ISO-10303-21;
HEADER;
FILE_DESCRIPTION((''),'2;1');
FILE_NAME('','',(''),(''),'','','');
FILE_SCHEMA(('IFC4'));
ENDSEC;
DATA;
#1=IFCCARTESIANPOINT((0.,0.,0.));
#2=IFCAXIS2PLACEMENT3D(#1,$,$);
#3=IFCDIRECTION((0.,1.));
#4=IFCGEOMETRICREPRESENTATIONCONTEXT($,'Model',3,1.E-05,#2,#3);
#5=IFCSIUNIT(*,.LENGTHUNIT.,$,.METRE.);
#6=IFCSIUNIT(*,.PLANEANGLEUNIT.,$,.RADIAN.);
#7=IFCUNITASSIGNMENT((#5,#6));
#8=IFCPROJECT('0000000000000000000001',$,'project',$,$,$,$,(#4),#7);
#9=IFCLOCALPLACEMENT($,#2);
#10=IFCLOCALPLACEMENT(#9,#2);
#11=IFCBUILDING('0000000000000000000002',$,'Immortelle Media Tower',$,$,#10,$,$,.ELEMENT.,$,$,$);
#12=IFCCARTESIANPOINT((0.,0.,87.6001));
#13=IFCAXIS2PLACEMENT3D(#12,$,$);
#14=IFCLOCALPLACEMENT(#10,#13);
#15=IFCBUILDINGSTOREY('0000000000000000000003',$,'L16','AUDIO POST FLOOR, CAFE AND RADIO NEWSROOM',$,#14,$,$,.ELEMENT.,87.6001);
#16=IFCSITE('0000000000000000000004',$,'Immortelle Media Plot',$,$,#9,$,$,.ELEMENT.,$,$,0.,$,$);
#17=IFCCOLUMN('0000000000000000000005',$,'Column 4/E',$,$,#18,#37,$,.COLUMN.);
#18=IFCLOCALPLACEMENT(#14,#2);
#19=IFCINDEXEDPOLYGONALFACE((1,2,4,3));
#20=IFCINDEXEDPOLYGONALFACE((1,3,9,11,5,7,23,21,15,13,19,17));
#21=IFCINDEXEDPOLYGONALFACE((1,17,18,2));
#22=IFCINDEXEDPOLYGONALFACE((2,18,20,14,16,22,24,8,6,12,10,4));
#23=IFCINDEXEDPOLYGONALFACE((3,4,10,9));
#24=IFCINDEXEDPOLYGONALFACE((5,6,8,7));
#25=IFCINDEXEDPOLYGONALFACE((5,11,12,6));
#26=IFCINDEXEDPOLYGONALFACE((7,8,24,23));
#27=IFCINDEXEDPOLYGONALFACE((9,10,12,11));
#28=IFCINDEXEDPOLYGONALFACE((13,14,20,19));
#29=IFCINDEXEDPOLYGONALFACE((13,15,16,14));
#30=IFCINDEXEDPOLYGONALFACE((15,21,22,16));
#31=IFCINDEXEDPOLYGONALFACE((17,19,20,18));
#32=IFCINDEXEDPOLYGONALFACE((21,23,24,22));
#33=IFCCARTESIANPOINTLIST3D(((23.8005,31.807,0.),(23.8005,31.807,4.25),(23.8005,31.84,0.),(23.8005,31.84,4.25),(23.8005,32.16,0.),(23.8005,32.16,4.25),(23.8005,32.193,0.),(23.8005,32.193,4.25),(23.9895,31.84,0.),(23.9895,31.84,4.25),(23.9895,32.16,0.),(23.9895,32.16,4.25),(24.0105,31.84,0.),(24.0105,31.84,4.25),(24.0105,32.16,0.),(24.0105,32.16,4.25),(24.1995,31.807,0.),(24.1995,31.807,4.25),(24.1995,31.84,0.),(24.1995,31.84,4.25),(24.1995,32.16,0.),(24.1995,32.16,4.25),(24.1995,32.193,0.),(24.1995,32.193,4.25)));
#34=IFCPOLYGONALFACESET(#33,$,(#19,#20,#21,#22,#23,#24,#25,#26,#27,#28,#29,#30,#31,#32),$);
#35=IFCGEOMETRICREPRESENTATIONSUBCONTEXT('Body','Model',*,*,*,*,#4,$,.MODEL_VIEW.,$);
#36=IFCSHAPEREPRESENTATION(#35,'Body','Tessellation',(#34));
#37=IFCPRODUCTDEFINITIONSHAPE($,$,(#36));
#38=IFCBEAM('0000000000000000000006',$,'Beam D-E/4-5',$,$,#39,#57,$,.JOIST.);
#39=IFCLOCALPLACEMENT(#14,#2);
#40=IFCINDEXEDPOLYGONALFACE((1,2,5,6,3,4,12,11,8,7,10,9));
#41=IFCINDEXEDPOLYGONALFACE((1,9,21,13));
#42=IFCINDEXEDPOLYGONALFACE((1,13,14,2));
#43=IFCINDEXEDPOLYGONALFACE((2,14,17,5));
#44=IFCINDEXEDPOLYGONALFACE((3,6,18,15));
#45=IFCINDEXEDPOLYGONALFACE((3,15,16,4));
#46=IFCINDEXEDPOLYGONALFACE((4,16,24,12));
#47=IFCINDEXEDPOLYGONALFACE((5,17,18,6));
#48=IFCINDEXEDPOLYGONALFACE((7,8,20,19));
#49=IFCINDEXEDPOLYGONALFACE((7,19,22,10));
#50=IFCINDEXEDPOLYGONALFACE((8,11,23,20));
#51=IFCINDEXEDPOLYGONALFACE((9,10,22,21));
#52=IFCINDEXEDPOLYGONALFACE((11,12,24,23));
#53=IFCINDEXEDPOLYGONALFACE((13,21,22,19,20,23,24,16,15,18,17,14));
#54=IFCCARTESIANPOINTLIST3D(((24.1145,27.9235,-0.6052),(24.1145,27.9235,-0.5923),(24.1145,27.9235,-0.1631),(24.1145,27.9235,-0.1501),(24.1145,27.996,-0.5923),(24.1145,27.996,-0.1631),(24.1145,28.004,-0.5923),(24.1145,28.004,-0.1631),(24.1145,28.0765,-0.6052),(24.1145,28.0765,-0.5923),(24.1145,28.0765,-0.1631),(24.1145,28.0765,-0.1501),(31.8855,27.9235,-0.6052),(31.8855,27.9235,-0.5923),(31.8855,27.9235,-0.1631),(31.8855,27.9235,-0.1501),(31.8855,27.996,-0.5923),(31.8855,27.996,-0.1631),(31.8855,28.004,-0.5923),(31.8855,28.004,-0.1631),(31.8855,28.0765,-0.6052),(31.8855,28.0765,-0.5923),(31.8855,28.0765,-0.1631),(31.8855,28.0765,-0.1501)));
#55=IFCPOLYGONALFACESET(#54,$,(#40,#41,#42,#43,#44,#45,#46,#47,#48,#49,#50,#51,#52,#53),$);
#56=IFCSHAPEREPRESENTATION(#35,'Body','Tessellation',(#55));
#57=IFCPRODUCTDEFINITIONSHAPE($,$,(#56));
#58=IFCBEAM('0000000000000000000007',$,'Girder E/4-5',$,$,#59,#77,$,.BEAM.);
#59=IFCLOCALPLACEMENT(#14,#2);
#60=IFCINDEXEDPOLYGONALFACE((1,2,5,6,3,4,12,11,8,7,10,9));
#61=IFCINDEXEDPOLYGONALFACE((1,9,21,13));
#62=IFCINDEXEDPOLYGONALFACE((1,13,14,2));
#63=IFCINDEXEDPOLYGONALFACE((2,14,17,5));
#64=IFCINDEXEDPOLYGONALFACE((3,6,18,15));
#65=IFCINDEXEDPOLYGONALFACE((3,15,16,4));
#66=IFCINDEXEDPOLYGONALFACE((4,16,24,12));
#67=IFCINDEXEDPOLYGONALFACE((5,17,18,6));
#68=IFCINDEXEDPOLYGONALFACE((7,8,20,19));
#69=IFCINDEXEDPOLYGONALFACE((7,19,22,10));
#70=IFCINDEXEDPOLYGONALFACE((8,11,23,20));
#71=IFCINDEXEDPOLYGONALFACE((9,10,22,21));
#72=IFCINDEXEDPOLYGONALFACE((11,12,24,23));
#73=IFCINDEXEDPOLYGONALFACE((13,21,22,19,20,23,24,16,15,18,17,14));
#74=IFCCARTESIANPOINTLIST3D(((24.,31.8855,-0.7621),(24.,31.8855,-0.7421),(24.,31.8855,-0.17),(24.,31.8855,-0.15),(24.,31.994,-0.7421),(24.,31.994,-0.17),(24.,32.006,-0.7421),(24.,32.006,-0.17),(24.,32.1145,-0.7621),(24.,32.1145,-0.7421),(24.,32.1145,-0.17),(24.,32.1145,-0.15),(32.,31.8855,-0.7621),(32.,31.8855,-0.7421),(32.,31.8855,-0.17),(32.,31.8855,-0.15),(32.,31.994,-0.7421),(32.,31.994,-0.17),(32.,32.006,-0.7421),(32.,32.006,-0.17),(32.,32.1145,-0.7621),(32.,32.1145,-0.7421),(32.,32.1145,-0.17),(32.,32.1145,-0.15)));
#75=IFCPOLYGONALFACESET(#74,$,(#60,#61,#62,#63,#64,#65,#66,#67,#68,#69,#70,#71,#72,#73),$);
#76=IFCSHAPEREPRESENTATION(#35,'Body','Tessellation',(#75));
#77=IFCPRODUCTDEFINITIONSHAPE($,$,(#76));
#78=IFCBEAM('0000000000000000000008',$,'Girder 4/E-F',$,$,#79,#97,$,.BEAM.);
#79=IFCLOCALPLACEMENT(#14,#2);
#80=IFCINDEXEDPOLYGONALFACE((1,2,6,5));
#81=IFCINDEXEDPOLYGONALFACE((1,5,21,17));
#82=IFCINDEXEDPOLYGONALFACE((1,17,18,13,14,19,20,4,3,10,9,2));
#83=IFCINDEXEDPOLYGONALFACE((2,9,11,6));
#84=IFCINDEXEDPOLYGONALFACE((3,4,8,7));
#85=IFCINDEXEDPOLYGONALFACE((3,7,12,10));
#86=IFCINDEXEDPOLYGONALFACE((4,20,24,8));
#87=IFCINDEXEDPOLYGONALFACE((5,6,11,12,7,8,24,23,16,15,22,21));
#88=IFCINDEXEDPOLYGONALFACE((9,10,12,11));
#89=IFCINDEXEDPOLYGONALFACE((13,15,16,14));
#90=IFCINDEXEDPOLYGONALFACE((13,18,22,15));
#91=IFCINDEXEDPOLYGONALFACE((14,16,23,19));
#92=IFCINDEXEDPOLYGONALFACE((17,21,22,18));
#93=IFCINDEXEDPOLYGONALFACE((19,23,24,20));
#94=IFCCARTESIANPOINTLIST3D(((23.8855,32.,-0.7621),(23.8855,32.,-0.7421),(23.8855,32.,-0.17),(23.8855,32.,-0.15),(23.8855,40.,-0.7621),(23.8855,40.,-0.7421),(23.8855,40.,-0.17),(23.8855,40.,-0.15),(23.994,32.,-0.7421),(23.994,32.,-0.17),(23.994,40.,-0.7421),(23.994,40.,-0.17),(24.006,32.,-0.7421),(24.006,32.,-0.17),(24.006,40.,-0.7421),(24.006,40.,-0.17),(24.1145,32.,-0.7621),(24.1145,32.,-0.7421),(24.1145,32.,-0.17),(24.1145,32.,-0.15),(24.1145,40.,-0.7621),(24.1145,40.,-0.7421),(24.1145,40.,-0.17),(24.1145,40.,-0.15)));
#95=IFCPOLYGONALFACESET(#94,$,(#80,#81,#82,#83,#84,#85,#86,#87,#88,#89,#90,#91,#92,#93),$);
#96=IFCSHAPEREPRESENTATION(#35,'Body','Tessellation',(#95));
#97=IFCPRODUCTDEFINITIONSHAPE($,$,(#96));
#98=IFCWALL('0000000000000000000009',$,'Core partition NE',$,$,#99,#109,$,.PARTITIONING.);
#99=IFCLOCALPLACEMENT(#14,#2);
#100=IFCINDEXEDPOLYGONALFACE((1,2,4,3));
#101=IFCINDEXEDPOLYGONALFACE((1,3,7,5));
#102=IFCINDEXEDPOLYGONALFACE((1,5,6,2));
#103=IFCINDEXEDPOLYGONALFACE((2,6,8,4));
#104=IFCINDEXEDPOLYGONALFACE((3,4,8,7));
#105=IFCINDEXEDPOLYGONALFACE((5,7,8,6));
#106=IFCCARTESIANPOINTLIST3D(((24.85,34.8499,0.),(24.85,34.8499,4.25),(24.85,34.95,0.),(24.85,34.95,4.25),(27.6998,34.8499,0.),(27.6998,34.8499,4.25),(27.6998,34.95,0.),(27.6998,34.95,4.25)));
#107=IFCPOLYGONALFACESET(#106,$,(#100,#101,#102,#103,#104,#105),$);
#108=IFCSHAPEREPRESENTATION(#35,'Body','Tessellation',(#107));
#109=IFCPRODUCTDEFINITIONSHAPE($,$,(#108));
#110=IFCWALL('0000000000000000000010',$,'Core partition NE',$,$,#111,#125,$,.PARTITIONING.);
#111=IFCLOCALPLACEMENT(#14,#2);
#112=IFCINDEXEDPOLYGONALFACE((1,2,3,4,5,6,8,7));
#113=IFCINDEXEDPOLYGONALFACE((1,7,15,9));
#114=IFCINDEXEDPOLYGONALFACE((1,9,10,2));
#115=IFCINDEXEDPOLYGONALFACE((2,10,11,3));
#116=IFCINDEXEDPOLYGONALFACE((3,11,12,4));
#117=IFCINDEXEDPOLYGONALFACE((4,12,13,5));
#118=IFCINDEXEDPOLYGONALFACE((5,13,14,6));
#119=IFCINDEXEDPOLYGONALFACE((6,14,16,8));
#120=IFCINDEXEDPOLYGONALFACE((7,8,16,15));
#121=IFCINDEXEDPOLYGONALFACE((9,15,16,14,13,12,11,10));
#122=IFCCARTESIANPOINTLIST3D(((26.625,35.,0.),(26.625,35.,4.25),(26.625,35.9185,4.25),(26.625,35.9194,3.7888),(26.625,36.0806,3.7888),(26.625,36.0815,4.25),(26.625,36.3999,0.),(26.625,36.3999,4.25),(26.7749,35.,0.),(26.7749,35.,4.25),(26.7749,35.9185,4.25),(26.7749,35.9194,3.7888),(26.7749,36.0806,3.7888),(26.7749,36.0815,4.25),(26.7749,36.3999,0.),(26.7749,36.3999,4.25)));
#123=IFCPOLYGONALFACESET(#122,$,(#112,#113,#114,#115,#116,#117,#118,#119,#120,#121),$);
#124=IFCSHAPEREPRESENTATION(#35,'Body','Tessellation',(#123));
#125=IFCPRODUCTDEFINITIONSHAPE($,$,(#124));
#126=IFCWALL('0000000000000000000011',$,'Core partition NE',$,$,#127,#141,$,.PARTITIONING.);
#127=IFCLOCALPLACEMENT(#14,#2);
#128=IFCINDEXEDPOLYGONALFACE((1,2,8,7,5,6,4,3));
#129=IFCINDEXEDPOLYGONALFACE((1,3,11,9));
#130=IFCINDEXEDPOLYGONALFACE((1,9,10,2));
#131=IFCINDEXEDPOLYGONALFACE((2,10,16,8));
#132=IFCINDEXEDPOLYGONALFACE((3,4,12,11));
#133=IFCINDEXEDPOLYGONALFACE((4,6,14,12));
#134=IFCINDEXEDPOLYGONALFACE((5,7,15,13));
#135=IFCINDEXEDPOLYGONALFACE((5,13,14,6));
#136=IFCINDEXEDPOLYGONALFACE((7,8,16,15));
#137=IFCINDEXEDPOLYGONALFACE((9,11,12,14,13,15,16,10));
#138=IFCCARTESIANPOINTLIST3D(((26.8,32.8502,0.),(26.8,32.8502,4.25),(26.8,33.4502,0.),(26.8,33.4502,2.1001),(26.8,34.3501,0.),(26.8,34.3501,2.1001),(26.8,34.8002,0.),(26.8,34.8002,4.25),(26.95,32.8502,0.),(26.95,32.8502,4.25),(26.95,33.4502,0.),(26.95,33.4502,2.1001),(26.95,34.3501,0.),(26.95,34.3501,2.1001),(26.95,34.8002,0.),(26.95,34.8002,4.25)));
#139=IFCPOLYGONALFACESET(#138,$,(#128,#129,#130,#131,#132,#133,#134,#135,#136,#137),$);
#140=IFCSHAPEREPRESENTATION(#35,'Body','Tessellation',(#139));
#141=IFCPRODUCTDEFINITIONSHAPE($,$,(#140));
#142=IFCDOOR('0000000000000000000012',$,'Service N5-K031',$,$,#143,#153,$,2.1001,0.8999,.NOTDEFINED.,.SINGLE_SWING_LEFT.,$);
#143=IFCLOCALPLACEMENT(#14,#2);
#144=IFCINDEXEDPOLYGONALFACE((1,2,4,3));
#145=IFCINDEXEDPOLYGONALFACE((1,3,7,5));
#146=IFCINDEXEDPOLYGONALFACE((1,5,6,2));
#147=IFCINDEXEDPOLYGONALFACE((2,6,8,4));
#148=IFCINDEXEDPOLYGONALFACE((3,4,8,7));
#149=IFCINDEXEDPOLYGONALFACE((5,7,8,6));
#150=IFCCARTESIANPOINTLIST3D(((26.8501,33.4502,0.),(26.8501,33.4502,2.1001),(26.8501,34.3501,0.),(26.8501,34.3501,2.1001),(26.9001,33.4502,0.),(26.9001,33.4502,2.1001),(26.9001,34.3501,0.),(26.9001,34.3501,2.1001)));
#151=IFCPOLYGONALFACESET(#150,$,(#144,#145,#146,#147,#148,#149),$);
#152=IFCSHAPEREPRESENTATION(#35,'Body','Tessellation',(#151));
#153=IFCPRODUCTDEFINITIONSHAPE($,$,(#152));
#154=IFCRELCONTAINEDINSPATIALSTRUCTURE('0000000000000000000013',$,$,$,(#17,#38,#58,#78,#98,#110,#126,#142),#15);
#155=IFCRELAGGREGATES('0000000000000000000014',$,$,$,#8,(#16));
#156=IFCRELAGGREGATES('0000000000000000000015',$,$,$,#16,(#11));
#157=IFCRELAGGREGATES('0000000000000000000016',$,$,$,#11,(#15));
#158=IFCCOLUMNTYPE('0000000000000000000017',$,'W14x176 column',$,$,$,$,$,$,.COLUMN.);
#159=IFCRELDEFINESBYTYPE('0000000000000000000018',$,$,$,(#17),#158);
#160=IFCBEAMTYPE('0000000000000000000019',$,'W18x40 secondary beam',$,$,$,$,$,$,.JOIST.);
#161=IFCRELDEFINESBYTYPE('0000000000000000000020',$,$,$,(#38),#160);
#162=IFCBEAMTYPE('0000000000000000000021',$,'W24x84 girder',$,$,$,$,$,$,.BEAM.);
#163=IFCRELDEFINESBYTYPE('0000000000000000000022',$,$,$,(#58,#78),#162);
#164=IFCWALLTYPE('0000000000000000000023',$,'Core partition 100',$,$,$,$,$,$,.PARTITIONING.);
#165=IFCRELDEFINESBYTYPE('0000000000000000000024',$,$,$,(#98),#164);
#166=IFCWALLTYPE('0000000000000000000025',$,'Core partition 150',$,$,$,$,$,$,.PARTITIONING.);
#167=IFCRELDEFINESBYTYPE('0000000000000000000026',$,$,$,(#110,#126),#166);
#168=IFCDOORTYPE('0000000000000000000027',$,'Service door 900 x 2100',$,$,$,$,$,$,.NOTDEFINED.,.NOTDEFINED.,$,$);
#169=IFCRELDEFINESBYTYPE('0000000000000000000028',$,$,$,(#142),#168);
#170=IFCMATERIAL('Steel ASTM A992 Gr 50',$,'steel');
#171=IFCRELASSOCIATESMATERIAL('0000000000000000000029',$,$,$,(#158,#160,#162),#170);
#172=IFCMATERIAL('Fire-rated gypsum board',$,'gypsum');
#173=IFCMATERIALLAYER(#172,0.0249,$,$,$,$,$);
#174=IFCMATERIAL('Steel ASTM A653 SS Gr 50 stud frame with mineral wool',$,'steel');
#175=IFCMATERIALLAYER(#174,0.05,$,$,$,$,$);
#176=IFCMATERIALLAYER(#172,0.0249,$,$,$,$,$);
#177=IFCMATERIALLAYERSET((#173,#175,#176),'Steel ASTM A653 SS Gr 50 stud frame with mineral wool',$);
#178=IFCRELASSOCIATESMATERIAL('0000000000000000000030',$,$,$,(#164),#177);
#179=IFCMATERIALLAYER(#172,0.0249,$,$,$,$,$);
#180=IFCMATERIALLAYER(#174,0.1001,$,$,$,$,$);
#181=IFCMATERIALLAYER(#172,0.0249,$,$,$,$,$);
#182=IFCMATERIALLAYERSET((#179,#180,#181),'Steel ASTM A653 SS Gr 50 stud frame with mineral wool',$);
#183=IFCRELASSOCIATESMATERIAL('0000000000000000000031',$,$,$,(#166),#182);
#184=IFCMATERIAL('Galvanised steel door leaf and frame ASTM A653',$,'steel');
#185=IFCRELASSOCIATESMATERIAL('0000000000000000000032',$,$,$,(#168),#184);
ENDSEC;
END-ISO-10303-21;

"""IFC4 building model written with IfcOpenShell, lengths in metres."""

from ifc_helpers import new_model, si_unit, direction, frame, frame_2d, origin, origin_2d, place, context, subcontext, project, spatial, polyline, rectangle, i_section, outline, extrude, material, layer, layer_set, material_profile, profile_set, type_object, element, fill, save


model = new_model("IFC4")

# Units and contexts
model_context = context("Model", 3, precision=1e-05, world=origin(), true_north=direction((0.0, 1.0)))
body_context = subcontext(model_context, "Body", "Model", "MODEL_VIEW")
ifc_project = project(units=[si_unit("LENGTHUNIT", "METRE"), si_unit("PLANEANGLEUNIT", "RADIAN")], contexts=[model_context])

# Site, building, storey
site_placement = place(None, origin())
site = spatial("IfcSite", under=ifc_project, at=site_placement, Name="Immortelle Media Plot", CompositionType="ELEMENT", RefElevation=0.0)
building_placement = place(site_placement, origin())
building = spatial("IfcBuilding", under=site, at=building_placement, Name="Immortelle Media Tower", CompositionType="ELEMENT")
storey_placement = place(building_placement, frame((0.0, 0.0, 87.6001)))
storey = spatial("IfcBuildingStorey", under=building, at=storey_placement, Name="L16", Description="AUDIO POST FLOOR, CAFE AND RADIO NEWSROOM", CompositionType="ELEMENT", Elevation=87.6001)

# Column
ifc_material_1 = material(Name="Steel ASTM A992 Gr 50", Category="steel")
ifc_material_profile_1 = material_profile(ifc_material_1, i_section(OverallWidth=0.3989, OverallDepth=0.386, WebThickness=0.021, FlangeThickness=0.033, at=origin_2d()), Name="W14x176")
ifc_profile_set_1 = profile_set([ifc_material_profile_1], Name="Steel ASTM A992 Gr 50")
column_type = type_object("IfcColumnType", Name="W14x176 column", PredefinedType="COLUMN", material=ifc_profile_set_1)
column_placement = place(storey_placement, frame((24.0, 32.0, 0.0), z_axis=(0.0, 0.0, 1.0), x_axis=(1.0, 0.0, 0.0)))
element("IfcColumn", 1, at=column_placement, inside=storey, type_object=column_type, Name="Column 4/E", PredefinedType="COLUMN", context=body_context, shape_type="SweptSolid", body=[
    extrude(i_section(OverallWidth=0.3989, OverallDepth=0.386, WebThickness=0.021, FlangeThickness=0.033, at=origin_2d()), origin(), (0.0, 0.0, 1.0), 4.25),
])

# Beams
ifc_material_profile_2 = material_profile(ifc_material_1, i_section(OverallWidth=0.1531, OverallDepth=0.4551, WebThickness=0.0081, FlangeThickness=0.0129, at=origin_2d()), Name="W18x40")
ifc_profile_set_2 = profile_set([ifc_material_profile_2], Name="Steel ASTM A992 Gr 50")
beam_type_1 = type_object("IfcBeamType", Name="W18x40 secondary beam", PredefinedType="JOIST", material=ifc_profile_set_2)
beam_placement = place(storey_placement, frame((24.1145, 28.0, -0.3777), z_axis=(1.0, 0.0, 0.0), x_axis=(0.0, 1.0, 0.0)))
element("IfcBeam", 2, at=beam_placement, inside=storey, type_object=beam_type_1, Name="Beam D-E/4-5", PredefinedType="JOIST", context=body_context, shape_type="SweptSolid", body=[
    extrude(i_section(OverallWidth=0.1531, OverallDepth=0.4551, WebThickness=0.0081, FlangeThickness=0.0129, at=origin_2d()), origin(), (0.0, 0.0, 1.0), 7.771),
])
ifc_material_profile_3 = material_profile(ifc_material_1, i_section(OverallWidth=0.229, OverallDepth=0.6121, WebThickness=0.012, FlangeThickness=0.02, at=origin_2d()), Name="W24x84")
ifc_profile_set_3 = profile_set([ifc_material_profile_3], Name="Steel ASTM A992 Gr 50")
beam_type_2 = type_object("IfcBeamType", Name="W24x84 girder", PredefinedType="BEAM", material=ifc_profile_set_3)
for number, where, z_axis, x_axis, name in (
    (3, (24.0, 32.0, -0.4561), (1.0, 0.0, 0.0), (0.0, 1.0, 0.0), "Girder E/4-5"),
    (4, (24.0, 32.0, -0.4561), (0.0, 1.0, 0.0), (-1.0, 0.0, 0.0), "Girder 4/E-F"),
):
    element("IfcBeam", number, at=place(storey_placement, frame(where, z_axis=z_axis, x_axis=x_axis)), inside=storey, type_object=beam_type_2, Name=name, PredefinedType="BEAM", context=body_context, shape_type="SweptSolid", body=[
        extrude(i_section(OverallWidth=0.229, OverallDepth=0.6121, WebThickness=0.012, FlangeThickness=0.02, at=origin_2d()), origin(), (0.0, 0.0, 1.0), 8.0),
    ])

# Walls
ifc_material_2 = material(Name="Fire-rated gypsum board", Category="gypsum")
ifc_layer_1 = layer(ifc_material_2, 0.0249)
ifc_material_3 = material(Name="Steel ASTM A653 SS Gr 50 stud frame with mineral wool", Category="steel")
ifc_layer_2 = layer(ifc_material_3, 0.05)
ifc_layer_3 = layer(ifc_material_2, 0.0249)
ifc_layer_set_1 = layer_set([ifc_layer_1, ifc_layer_2, ifc_layer_3], Name="Steel ASTM A653 SS Gr 50 stud frame with mineral wool")
wall_type_1 = type_object("IfcWallType", Name="Core partition 100", PredefinedType="PARTITIONING", material=ifc_layer_set_1)
wall_1_placement = place(storey_placement, frame((24.8501, 34.8999, 0.0), z_axis=(0.0, 0.0, 1.0), x_axis=(1.0, 0.0, 0.0)))
element("IfcWall", 5, at=wall_1_placement, inside=storey, type_object=wall_type_1, Name="Core partition NE", PredefinedType="PARTITIONING", context=body_context, shape_type="SweptSolid", body=[
    extrude(rectangle(XDim=2.8499, YDim=0.1001, at=frame_2d((1.4248, 0.0))), origin(), (0.0, 0.0, 1.0), 4.25),
])
ifc_layer_4 = layer(ifc_material_2, 0.0249)
ifc_layer_5 = layer(ifc_material_3, 0.1001)
ifc_layer_6 = layer(ifc_material_2, 0.0249)
ifc_layer_set_2 = layer_set([ifc_layer_4, ifc_layer_5, ifc_layer_6], Name="Steel ASTM A653 SS Gr 50 stud frame with mineral wool")
wall_type_2 = type_object("IfcWallType", Name="Core partition 150", PredefinedType="PARTITIONING", material=ifc_layer_set_2)
wall_2_placement = place(storey_placement, frame((26.7, 35.0, 0.0), z_axis=(0.0, 0.0, 1.0), x_axis=(0.0, 1.0, 0.0)))
element("IfcWall", 6, at=wall_2_placement, inside=storey, type_object=wall_type_2, Name="Core partition NE", PredefinedType="PARTITIONING", context=body_context, shape_type="SweptSolid", body=[
    extrude(outline(polyline([(0.0, 0.0), (1.3999, 0.0), (1.3999, 4.25), (1.0815, 4.25), (1.0806, 3.7888), (0.9194, 3.7888), (0.9185, 4.25), (0.0, 4.25), (0.0, 0.0)])), frame((0.0, 0.075, 0.0), z_axis=(0.0, -1.0, 0.0), x_axis=(1.0, 0.0, 0.0)), (0.0, 0.0, 1.0), 0.1499),
])

# Wall, opening, door
wall_3_placement = place(storey_placement, frame((26.875, 32.8501, 0.0), z_axis=(0.0, 0.0, 1.0), x_axis=(0.0, 1.0, 0.0)))
wall_3 = element("IfcWall", 7, at=wall_3_placement, inside=storey, type_object=wall_type_2, Name="Core partition NE", PredefinedType="PARTITIONING", context=body_context, shape_type="SweptSolid", body=[
    extrude(rectangle(XDim=1.95, YDim=0.1499, at=frame_2d((0.9751, 0.0))), origin(), (0.0, 0.0, 1.0), 4.25),
])
opening_1_placement = place(wall_3_placement, frame((0.6001, 0.0, 0.0)))
opening_1 = element("IfcOpeningElement", 8, at=opening_1_placement, cuts=wall_3, PredefinedType="OPENING", context=body_context, shape_type="SweptSolid", body=[
    extrude(rectangle(XDim=0.8999, YDim=2.1001, at=frame_2d((0.45, 1.05))), frame((0.0, 0.085, 0.0), z_axis=(0.0, -1.0, 0.0), x_axis=(1.0, 0.0, 0.0)), (0.0, 0.0, 1.0), 0.1699),
])
ifc_material_4 = material(Name="Galvanised steel door leaf and frame ASTM A653", Category="steel")
door_type_1 = type_object("IfcDoorType", Name="Service door 900 x 2100", OperationType="NOTDEFINED", PredefinedType="NOTDEFINED", material=ifc_material_4)
door_1_placement = place(opening_1_placement, origin())
door_1 = element("IfcDoor", 9, at=door_1_placement, inside=storey, type_object=door_type_1, Name="Service N5-K031", OperationType="SINGLE_SWING_LEFT", OverallHeight=2.1001, OverallWidth=0.8999, PredefinedType="NOTDEFINED", context=body_context, shape_type="SweptSolid", body=[
    extrude(rectangle(XDim=0.8999, YDim=2.1001, at=frame_2d((0.45, 1.05))), frame((0.0, 0.0249, 0.0), z_axis=(0.0, -1.0, 0.0), x_axis=(1.0, 0.0, 0.0)), (0.0, 0.0, 1.0), 0.05),
])
fill(opening_1, door_1)

save(model, "model.ifc")
